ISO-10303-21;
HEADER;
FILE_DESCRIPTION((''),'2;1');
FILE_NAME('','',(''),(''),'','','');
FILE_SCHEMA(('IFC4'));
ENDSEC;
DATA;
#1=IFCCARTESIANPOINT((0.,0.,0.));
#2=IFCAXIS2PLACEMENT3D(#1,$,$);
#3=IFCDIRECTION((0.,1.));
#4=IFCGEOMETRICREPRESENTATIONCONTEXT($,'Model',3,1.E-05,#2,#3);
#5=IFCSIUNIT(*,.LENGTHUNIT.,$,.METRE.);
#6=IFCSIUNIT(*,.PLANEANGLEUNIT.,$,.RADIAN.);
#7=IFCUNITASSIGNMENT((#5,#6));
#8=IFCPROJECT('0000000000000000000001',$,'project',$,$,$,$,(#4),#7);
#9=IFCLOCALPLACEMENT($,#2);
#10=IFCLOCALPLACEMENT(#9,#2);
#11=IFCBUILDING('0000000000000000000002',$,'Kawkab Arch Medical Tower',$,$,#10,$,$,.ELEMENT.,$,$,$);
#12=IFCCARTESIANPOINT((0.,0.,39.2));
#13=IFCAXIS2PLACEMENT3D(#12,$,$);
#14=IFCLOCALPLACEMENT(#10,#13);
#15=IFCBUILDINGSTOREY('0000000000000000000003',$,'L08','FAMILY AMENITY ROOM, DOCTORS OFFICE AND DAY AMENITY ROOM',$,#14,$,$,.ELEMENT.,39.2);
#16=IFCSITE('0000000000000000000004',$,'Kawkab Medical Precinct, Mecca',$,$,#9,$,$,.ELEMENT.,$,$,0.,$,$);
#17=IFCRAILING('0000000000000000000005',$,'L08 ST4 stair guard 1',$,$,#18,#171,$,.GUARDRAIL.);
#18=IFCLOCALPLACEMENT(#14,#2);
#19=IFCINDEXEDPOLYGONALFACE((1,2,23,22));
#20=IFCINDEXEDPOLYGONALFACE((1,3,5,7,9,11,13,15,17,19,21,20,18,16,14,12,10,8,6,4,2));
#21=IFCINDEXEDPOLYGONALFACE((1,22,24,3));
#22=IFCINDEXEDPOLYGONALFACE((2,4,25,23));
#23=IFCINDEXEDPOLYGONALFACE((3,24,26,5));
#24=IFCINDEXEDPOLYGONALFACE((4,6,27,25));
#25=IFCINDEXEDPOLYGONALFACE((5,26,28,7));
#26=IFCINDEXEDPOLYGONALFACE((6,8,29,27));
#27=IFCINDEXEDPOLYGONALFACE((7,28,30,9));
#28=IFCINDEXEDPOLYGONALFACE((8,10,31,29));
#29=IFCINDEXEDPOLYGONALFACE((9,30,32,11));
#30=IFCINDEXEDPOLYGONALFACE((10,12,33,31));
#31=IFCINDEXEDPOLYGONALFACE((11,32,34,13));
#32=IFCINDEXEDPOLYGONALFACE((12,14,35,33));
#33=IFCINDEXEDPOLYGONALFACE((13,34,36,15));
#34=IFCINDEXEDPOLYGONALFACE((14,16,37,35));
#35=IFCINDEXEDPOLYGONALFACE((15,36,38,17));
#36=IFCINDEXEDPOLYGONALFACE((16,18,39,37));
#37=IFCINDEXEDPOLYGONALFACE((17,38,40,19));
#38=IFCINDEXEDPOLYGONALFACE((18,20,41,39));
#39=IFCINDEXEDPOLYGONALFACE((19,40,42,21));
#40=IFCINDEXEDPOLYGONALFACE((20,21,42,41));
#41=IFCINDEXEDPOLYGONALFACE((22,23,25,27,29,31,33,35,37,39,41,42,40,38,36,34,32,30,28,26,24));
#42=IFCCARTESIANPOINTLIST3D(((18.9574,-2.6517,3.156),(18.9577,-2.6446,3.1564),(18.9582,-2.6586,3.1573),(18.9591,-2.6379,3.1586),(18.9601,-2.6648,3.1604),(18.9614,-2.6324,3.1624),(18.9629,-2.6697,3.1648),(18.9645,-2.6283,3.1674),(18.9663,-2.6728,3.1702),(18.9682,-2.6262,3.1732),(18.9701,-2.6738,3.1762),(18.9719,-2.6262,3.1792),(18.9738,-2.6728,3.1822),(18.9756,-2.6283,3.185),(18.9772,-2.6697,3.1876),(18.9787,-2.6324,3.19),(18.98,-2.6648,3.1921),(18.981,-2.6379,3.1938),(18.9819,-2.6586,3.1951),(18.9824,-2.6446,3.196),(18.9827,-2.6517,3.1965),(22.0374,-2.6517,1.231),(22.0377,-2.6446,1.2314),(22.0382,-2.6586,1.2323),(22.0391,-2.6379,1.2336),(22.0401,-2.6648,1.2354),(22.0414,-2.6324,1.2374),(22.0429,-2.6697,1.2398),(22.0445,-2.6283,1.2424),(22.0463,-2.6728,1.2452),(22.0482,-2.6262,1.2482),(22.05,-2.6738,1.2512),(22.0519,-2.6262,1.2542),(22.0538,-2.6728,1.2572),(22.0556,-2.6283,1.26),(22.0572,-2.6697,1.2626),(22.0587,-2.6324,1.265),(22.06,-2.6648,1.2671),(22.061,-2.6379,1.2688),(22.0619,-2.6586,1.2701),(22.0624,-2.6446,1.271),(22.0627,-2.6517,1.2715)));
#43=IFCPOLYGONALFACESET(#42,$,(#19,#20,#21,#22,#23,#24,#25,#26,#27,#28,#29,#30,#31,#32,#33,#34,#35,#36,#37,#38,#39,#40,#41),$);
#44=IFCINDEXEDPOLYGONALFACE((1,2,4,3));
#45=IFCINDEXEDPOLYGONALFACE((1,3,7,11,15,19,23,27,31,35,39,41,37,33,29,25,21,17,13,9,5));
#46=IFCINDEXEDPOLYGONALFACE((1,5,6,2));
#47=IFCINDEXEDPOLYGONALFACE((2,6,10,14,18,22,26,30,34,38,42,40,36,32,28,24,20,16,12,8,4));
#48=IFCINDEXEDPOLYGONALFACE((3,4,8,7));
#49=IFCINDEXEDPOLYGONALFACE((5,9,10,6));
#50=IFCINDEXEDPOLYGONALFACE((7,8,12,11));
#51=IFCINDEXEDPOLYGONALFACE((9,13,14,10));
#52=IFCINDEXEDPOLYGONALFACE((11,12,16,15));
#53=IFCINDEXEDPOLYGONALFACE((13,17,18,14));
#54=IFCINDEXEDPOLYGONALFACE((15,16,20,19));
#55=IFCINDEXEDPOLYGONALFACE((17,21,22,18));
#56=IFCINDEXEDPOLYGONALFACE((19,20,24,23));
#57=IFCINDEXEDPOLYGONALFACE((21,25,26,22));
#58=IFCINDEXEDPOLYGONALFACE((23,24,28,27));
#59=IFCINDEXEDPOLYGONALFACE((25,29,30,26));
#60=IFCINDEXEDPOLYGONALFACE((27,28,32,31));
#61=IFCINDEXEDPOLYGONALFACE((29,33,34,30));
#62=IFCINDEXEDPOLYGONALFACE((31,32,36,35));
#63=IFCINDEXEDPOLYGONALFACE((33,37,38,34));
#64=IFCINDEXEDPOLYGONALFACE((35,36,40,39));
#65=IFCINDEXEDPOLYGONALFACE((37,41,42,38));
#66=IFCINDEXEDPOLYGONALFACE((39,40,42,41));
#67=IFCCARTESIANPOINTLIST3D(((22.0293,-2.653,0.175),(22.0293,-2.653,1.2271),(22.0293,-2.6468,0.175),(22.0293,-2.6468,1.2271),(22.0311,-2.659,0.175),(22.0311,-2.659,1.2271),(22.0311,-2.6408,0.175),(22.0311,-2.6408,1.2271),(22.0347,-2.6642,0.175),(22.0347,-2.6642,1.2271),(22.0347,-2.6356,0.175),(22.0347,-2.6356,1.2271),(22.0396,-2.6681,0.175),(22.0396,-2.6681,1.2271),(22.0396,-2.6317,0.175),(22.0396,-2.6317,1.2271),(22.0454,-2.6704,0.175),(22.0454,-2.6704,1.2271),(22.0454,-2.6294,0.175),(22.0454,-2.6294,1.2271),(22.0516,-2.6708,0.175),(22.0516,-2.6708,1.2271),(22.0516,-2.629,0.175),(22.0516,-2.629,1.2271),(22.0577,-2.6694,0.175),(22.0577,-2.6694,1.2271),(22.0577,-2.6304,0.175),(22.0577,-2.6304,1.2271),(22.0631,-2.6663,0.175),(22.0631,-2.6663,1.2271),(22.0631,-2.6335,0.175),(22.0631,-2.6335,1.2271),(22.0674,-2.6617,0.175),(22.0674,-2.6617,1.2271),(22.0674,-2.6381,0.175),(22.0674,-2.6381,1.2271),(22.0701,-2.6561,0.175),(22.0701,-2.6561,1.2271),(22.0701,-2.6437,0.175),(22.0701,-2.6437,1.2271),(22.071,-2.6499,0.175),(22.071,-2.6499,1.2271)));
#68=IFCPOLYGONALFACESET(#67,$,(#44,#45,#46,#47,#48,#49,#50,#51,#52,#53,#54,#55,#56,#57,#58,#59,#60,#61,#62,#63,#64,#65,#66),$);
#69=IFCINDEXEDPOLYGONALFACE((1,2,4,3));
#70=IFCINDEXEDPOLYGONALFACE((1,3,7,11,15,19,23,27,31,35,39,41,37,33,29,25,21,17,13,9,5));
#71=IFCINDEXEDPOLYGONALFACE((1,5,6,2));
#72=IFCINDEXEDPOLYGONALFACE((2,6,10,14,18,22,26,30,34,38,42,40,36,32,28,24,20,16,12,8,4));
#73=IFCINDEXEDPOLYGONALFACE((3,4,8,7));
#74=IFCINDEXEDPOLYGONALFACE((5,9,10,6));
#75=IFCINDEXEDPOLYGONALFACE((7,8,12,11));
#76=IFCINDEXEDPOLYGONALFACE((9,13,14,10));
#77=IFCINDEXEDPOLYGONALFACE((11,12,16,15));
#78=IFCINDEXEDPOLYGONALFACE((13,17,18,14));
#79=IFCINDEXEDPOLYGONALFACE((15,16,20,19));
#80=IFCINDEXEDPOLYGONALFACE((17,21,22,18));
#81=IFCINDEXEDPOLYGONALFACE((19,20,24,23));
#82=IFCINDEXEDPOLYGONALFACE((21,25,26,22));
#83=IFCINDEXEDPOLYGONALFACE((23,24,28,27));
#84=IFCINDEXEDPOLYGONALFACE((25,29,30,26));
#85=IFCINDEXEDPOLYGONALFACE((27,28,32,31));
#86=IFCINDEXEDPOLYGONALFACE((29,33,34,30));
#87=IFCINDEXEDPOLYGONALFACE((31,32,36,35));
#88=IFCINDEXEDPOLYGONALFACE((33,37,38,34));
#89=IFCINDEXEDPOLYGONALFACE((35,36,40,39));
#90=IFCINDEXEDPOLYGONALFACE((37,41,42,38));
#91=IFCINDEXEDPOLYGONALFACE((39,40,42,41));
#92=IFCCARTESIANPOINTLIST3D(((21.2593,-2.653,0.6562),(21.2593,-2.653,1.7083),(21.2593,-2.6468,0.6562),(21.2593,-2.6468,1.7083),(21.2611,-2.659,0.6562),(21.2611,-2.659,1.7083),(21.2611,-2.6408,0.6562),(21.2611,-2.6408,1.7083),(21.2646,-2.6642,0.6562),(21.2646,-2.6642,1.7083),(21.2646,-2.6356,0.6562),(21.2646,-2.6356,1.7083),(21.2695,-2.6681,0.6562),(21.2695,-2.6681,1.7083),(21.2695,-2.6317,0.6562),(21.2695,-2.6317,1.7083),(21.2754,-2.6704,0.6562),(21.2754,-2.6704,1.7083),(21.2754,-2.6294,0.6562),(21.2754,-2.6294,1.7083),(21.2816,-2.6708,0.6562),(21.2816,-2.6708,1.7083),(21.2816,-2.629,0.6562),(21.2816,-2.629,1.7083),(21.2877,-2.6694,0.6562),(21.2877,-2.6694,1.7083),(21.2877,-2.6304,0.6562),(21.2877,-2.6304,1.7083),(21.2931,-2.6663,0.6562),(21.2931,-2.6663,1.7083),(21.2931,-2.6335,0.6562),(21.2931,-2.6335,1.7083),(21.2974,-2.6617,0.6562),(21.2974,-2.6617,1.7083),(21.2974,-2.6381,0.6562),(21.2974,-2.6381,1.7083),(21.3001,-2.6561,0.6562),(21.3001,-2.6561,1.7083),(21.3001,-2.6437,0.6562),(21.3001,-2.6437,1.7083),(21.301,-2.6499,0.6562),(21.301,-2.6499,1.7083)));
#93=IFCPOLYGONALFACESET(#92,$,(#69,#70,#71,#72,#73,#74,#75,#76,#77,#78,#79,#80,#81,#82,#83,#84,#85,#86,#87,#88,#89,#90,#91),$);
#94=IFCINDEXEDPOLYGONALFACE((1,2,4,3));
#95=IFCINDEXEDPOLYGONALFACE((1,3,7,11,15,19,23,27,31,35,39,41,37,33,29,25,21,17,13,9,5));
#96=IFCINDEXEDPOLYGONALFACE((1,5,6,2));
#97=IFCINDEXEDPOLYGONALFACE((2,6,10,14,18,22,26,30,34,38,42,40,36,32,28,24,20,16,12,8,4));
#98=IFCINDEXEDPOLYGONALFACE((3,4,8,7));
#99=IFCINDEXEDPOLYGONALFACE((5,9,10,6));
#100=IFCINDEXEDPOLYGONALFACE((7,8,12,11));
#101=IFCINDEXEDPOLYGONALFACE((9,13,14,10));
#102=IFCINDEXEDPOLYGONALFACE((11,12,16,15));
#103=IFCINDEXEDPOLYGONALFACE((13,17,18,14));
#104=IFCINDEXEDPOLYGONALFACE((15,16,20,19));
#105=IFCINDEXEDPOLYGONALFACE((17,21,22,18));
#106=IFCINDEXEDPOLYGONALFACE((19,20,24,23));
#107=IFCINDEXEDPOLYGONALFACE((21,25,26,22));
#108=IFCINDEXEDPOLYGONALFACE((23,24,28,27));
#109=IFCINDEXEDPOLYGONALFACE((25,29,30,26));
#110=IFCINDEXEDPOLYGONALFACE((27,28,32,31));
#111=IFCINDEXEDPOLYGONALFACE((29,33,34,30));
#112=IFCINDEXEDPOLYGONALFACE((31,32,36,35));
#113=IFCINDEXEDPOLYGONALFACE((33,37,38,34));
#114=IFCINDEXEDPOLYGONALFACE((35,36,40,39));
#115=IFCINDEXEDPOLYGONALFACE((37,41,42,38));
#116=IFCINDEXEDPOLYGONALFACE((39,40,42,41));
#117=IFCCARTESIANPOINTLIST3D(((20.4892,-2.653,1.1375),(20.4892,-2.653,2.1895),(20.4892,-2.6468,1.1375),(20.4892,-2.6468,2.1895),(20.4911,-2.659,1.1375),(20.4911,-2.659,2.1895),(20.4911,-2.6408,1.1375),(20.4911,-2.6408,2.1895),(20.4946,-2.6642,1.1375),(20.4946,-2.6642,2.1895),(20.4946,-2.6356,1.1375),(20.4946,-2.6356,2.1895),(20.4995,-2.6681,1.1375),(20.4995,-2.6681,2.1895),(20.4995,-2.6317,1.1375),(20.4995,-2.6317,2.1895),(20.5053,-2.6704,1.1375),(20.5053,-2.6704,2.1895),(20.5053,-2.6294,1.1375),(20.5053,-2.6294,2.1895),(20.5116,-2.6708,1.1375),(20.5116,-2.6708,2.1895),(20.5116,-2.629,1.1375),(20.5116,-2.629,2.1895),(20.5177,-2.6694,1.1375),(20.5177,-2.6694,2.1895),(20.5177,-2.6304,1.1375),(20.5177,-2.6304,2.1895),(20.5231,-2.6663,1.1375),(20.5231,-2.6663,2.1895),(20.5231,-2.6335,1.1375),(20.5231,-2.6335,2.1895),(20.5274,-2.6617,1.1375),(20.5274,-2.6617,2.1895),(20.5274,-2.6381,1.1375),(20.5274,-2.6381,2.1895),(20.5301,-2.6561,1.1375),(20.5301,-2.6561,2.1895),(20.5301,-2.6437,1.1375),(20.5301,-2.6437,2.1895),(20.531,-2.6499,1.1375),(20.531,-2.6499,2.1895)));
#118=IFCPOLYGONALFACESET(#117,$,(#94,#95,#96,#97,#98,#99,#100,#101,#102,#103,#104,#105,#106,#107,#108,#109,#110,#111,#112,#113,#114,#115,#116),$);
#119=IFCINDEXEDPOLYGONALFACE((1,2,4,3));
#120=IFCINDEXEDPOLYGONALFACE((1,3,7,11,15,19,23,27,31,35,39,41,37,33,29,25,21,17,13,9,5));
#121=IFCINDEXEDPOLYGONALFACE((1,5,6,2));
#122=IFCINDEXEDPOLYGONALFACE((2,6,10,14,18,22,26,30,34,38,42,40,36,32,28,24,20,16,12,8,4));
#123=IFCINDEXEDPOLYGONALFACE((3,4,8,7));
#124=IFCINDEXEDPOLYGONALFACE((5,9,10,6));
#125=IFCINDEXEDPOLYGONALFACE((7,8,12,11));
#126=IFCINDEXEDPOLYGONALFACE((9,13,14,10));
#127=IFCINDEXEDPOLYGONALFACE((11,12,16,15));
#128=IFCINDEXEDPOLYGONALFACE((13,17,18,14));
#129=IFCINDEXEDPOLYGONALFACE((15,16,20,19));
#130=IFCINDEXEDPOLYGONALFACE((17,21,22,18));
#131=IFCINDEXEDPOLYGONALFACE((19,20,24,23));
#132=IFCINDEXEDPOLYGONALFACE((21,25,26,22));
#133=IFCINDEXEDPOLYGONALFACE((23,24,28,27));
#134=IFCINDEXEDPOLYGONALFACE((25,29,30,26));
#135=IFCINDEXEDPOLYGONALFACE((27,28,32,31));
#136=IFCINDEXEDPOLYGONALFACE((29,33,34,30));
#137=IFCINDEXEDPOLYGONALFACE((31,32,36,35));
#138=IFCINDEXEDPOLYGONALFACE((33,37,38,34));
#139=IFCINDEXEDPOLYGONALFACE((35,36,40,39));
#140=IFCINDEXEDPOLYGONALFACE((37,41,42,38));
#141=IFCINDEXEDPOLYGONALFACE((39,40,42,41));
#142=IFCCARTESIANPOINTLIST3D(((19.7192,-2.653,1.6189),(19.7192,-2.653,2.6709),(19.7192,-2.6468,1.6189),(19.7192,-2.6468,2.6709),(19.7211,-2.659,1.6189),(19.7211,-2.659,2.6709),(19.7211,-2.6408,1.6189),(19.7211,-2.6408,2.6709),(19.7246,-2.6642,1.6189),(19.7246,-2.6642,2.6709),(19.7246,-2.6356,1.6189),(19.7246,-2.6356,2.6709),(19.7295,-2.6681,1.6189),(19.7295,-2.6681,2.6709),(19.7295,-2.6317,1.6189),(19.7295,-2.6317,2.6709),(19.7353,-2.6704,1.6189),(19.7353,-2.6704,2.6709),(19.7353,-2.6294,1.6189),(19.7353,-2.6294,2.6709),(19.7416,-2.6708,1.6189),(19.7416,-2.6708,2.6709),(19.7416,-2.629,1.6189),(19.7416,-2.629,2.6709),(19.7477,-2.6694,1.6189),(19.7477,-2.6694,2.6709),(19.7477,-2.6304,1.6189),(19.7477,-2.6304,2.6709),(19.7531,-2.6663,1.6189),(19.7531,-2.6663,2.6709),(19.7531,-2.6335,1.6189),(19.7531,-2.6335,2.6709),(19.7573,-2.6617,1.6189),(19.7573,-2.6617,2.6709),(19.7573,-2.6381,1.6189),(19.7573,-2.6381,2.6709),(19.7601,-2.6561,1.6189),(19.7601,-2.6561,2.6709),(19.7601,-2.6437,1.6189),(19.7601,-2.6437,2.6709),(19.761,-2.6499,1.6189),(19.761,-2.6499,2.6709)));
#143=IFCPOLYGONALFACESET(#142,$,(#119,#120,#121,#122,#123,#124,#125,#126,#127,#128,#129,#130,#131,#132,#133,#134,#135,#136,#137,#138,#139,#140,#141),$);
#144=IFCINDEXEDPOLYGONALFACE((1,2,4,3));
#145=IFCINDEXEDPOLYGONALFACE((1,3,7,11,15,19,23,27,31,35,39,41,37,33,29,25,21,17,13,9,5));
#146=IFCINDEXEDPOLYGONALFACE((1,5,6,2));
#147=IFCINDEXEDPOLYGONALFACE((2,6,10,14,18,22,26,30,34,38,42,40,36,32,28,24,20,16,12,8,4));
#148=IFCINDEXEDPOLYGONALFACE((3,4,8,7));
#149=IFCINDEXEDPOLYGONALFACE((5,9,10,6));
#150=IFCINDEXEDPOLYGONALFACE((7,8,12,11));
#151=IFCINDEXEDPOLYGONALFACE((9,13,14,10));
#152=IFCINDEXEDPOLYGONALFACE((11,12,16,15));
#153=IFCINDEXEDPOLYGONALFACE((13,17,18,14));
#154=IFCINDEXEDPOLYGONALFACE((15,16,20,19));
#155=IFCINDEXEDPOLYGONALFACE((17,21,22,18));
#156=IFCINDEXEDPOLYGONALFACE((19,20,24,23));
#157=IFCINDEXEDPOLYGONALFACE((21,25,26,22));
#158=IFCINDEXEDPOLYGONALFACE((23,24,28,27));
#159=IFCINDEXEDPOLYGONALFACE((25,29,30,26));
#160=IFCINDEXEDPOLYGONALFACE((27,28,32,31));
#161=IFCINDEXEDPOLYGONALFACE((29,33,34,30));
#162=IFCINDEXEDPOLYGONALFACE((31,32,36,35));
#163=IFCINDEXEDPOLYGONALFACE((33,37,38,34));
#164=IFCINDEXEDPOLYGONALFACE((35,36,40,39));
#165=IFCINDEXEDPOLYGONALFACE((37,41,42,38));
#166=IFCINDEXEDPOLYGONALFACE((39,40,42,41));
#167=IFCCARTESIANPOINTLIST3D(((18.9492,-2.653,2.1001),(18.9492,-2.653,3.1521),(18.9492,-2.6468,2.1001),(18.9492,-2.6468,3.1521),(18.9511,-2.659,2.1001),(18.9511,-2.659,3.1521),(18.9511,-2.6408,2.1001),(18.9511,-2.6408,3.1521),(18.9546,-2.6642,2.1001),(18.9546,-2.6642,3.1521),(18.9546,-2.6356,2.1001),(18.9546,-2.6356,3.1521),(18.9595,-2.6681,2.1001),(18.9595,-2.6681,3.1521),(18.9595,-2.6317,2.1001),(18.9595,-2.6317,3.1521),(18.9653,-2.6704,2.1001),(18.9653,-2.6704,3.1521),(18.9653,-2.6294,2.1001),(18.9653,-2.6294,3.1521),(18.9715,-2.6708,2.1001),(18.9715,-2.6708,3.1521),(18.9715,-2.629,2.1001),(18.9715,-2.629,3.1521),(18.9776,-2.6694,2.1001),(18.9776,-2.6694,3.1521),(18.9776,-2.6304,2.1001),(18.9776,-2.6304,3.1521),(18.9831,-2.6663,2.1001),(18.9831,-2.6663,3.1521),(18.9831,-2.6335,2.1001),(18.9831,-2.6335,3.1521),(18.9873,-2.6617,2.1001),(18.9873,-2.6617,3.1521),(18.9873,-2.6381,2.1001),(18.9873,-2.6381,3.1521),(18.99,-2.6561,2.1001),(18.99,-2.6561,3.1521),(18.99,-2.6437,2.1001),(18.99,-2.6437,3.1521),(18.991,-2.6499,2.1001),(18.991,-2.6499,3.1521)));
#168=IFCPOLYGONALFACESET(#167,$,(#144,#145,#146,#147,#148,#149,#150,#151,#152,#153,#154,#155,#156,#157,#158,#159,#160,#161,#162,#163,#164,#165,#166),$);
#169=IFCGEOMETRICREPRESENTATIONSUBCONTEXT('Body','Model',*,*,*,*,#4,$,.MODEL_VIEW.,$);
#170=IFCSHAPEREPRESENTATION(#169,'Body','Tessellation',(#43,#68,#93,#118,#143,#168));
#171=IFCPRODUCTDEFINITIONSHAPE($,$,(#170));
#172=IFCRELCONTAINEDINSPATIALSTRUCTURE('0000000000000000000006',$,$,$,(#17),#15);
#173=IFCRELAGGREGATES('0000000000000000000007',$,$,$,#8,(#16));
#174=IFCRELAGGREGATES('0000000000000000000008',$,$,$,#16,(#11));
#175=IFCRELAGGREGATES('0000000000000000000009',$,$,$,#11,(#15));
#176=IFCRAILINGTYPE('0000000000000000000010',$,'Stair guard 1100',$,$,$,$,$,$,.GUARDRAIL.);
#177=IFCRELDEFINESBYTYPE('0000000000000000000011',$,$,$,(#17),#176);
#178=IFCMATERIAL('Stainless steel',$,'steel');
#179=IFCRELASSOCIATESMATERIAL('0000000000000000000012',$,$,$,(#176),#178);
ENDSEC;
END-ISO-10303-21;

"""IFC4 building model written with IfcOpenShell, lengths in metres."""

from ifc_helpers import new_model, si_unit, direction, frame, origin, origin_2d, place, context, subcontext, project, spatial, circle, extrude, material, type_object, element, save


model = new_model("IFC4")

# Units and contexts
model_context = context("Model", 3, precision=1e-05, world=origin(), true_north=direction((0.0, 1.0)))
body_context = subcontext(model_context, "Body", "Model", "MODEL_VIEW")
ifc_project = project(units=[si_unit("LENGTHUNIT", "METRE"), si_unit("PLANEANGLEUNIT", "RADIAN")], contexts=[model_context])

# Site, building, storey
site_placement = place(None, origin())
site = spatial("IfcSite", under=ifc_project, at=site_placement, Name="Kawkab Medical Precinct, Mecca", CompositionType="ELEMENT", RefElevation=0.0)
building_placement = place(site_placement, origin())
building = spatial("IfcBuilding", under=site, at=building_placement, Name="Kawkab Arch Medical Tower", CompositionType="ELEMENT")
storey_placement = place(building_placement, frame((0.0, 0.0, 39.2)))
storey = spatial("IfcBuildingStorey", under=building, at=storey_placement, Name="L08", Description="FAMILY AMENITY ROOM, DOCTORS OFFICE AND DAY AMENITY ROOM", CompositionType="ELEMENT", Elevation=39.2)

# Railing
ifc_material_1 = material(Name="Stainless steel", Category="steel")
railing_type_1 = type_object("IfcRailingType", Name="Stair guard 1100", PredefinedType="GUARDRAIL", material=ifc_material_1)
railing_1_placement = place(storey_placement, frame((22.05, -2.6499, 0.175)))
element("IfcRailing", 1, at=railing_1_placement, inside=storey, type_object=railing_type_1, Name="L08 ST4 stair guard 1", PredefinedType="GUARDRAIL", context=body_context, shape_type="SweptSolid", body=[
    extrude(circle(Radius=0.0239, at=origin_2d()), frame((0.0, 0.0, 1.0762), z_axis=(-0.847998, 0.0, 0.529999), x_axis=(0.0, -1.0, 0.0)), (0.0, 0.0, 1.0), 3.6321),
    extrude(circle(Radius=0.021, at=origin_2d()), origin(), (0.0, 0.0, 1.0), 1.052),
    extrude(circle(Radius=0.021, at=origin_2d()), frame((-0.77, 0.0, 0.4812)), (0.0, 0.0, 1.0), 1.052),
    extrude(circle(Radius=0.021, at=origin_2d()), frame((-1.54, 0.0, 0.9624)), (0.0, 0.0, 1.0), 1.052),
    extrude(circle(Radius=0.021, at=origin_2d()), frame((-2.3101, 0.0, 1.4438)), (0.0, 0.0, 1.0), 1.052),
    extrude(circle(Radius=0.021, at=origin_2d()), frame((-3.0801, 0.0, 1.925)), (0.0, 0.0, 1.0), 1.052),
])

save(model, "model.ifc")
